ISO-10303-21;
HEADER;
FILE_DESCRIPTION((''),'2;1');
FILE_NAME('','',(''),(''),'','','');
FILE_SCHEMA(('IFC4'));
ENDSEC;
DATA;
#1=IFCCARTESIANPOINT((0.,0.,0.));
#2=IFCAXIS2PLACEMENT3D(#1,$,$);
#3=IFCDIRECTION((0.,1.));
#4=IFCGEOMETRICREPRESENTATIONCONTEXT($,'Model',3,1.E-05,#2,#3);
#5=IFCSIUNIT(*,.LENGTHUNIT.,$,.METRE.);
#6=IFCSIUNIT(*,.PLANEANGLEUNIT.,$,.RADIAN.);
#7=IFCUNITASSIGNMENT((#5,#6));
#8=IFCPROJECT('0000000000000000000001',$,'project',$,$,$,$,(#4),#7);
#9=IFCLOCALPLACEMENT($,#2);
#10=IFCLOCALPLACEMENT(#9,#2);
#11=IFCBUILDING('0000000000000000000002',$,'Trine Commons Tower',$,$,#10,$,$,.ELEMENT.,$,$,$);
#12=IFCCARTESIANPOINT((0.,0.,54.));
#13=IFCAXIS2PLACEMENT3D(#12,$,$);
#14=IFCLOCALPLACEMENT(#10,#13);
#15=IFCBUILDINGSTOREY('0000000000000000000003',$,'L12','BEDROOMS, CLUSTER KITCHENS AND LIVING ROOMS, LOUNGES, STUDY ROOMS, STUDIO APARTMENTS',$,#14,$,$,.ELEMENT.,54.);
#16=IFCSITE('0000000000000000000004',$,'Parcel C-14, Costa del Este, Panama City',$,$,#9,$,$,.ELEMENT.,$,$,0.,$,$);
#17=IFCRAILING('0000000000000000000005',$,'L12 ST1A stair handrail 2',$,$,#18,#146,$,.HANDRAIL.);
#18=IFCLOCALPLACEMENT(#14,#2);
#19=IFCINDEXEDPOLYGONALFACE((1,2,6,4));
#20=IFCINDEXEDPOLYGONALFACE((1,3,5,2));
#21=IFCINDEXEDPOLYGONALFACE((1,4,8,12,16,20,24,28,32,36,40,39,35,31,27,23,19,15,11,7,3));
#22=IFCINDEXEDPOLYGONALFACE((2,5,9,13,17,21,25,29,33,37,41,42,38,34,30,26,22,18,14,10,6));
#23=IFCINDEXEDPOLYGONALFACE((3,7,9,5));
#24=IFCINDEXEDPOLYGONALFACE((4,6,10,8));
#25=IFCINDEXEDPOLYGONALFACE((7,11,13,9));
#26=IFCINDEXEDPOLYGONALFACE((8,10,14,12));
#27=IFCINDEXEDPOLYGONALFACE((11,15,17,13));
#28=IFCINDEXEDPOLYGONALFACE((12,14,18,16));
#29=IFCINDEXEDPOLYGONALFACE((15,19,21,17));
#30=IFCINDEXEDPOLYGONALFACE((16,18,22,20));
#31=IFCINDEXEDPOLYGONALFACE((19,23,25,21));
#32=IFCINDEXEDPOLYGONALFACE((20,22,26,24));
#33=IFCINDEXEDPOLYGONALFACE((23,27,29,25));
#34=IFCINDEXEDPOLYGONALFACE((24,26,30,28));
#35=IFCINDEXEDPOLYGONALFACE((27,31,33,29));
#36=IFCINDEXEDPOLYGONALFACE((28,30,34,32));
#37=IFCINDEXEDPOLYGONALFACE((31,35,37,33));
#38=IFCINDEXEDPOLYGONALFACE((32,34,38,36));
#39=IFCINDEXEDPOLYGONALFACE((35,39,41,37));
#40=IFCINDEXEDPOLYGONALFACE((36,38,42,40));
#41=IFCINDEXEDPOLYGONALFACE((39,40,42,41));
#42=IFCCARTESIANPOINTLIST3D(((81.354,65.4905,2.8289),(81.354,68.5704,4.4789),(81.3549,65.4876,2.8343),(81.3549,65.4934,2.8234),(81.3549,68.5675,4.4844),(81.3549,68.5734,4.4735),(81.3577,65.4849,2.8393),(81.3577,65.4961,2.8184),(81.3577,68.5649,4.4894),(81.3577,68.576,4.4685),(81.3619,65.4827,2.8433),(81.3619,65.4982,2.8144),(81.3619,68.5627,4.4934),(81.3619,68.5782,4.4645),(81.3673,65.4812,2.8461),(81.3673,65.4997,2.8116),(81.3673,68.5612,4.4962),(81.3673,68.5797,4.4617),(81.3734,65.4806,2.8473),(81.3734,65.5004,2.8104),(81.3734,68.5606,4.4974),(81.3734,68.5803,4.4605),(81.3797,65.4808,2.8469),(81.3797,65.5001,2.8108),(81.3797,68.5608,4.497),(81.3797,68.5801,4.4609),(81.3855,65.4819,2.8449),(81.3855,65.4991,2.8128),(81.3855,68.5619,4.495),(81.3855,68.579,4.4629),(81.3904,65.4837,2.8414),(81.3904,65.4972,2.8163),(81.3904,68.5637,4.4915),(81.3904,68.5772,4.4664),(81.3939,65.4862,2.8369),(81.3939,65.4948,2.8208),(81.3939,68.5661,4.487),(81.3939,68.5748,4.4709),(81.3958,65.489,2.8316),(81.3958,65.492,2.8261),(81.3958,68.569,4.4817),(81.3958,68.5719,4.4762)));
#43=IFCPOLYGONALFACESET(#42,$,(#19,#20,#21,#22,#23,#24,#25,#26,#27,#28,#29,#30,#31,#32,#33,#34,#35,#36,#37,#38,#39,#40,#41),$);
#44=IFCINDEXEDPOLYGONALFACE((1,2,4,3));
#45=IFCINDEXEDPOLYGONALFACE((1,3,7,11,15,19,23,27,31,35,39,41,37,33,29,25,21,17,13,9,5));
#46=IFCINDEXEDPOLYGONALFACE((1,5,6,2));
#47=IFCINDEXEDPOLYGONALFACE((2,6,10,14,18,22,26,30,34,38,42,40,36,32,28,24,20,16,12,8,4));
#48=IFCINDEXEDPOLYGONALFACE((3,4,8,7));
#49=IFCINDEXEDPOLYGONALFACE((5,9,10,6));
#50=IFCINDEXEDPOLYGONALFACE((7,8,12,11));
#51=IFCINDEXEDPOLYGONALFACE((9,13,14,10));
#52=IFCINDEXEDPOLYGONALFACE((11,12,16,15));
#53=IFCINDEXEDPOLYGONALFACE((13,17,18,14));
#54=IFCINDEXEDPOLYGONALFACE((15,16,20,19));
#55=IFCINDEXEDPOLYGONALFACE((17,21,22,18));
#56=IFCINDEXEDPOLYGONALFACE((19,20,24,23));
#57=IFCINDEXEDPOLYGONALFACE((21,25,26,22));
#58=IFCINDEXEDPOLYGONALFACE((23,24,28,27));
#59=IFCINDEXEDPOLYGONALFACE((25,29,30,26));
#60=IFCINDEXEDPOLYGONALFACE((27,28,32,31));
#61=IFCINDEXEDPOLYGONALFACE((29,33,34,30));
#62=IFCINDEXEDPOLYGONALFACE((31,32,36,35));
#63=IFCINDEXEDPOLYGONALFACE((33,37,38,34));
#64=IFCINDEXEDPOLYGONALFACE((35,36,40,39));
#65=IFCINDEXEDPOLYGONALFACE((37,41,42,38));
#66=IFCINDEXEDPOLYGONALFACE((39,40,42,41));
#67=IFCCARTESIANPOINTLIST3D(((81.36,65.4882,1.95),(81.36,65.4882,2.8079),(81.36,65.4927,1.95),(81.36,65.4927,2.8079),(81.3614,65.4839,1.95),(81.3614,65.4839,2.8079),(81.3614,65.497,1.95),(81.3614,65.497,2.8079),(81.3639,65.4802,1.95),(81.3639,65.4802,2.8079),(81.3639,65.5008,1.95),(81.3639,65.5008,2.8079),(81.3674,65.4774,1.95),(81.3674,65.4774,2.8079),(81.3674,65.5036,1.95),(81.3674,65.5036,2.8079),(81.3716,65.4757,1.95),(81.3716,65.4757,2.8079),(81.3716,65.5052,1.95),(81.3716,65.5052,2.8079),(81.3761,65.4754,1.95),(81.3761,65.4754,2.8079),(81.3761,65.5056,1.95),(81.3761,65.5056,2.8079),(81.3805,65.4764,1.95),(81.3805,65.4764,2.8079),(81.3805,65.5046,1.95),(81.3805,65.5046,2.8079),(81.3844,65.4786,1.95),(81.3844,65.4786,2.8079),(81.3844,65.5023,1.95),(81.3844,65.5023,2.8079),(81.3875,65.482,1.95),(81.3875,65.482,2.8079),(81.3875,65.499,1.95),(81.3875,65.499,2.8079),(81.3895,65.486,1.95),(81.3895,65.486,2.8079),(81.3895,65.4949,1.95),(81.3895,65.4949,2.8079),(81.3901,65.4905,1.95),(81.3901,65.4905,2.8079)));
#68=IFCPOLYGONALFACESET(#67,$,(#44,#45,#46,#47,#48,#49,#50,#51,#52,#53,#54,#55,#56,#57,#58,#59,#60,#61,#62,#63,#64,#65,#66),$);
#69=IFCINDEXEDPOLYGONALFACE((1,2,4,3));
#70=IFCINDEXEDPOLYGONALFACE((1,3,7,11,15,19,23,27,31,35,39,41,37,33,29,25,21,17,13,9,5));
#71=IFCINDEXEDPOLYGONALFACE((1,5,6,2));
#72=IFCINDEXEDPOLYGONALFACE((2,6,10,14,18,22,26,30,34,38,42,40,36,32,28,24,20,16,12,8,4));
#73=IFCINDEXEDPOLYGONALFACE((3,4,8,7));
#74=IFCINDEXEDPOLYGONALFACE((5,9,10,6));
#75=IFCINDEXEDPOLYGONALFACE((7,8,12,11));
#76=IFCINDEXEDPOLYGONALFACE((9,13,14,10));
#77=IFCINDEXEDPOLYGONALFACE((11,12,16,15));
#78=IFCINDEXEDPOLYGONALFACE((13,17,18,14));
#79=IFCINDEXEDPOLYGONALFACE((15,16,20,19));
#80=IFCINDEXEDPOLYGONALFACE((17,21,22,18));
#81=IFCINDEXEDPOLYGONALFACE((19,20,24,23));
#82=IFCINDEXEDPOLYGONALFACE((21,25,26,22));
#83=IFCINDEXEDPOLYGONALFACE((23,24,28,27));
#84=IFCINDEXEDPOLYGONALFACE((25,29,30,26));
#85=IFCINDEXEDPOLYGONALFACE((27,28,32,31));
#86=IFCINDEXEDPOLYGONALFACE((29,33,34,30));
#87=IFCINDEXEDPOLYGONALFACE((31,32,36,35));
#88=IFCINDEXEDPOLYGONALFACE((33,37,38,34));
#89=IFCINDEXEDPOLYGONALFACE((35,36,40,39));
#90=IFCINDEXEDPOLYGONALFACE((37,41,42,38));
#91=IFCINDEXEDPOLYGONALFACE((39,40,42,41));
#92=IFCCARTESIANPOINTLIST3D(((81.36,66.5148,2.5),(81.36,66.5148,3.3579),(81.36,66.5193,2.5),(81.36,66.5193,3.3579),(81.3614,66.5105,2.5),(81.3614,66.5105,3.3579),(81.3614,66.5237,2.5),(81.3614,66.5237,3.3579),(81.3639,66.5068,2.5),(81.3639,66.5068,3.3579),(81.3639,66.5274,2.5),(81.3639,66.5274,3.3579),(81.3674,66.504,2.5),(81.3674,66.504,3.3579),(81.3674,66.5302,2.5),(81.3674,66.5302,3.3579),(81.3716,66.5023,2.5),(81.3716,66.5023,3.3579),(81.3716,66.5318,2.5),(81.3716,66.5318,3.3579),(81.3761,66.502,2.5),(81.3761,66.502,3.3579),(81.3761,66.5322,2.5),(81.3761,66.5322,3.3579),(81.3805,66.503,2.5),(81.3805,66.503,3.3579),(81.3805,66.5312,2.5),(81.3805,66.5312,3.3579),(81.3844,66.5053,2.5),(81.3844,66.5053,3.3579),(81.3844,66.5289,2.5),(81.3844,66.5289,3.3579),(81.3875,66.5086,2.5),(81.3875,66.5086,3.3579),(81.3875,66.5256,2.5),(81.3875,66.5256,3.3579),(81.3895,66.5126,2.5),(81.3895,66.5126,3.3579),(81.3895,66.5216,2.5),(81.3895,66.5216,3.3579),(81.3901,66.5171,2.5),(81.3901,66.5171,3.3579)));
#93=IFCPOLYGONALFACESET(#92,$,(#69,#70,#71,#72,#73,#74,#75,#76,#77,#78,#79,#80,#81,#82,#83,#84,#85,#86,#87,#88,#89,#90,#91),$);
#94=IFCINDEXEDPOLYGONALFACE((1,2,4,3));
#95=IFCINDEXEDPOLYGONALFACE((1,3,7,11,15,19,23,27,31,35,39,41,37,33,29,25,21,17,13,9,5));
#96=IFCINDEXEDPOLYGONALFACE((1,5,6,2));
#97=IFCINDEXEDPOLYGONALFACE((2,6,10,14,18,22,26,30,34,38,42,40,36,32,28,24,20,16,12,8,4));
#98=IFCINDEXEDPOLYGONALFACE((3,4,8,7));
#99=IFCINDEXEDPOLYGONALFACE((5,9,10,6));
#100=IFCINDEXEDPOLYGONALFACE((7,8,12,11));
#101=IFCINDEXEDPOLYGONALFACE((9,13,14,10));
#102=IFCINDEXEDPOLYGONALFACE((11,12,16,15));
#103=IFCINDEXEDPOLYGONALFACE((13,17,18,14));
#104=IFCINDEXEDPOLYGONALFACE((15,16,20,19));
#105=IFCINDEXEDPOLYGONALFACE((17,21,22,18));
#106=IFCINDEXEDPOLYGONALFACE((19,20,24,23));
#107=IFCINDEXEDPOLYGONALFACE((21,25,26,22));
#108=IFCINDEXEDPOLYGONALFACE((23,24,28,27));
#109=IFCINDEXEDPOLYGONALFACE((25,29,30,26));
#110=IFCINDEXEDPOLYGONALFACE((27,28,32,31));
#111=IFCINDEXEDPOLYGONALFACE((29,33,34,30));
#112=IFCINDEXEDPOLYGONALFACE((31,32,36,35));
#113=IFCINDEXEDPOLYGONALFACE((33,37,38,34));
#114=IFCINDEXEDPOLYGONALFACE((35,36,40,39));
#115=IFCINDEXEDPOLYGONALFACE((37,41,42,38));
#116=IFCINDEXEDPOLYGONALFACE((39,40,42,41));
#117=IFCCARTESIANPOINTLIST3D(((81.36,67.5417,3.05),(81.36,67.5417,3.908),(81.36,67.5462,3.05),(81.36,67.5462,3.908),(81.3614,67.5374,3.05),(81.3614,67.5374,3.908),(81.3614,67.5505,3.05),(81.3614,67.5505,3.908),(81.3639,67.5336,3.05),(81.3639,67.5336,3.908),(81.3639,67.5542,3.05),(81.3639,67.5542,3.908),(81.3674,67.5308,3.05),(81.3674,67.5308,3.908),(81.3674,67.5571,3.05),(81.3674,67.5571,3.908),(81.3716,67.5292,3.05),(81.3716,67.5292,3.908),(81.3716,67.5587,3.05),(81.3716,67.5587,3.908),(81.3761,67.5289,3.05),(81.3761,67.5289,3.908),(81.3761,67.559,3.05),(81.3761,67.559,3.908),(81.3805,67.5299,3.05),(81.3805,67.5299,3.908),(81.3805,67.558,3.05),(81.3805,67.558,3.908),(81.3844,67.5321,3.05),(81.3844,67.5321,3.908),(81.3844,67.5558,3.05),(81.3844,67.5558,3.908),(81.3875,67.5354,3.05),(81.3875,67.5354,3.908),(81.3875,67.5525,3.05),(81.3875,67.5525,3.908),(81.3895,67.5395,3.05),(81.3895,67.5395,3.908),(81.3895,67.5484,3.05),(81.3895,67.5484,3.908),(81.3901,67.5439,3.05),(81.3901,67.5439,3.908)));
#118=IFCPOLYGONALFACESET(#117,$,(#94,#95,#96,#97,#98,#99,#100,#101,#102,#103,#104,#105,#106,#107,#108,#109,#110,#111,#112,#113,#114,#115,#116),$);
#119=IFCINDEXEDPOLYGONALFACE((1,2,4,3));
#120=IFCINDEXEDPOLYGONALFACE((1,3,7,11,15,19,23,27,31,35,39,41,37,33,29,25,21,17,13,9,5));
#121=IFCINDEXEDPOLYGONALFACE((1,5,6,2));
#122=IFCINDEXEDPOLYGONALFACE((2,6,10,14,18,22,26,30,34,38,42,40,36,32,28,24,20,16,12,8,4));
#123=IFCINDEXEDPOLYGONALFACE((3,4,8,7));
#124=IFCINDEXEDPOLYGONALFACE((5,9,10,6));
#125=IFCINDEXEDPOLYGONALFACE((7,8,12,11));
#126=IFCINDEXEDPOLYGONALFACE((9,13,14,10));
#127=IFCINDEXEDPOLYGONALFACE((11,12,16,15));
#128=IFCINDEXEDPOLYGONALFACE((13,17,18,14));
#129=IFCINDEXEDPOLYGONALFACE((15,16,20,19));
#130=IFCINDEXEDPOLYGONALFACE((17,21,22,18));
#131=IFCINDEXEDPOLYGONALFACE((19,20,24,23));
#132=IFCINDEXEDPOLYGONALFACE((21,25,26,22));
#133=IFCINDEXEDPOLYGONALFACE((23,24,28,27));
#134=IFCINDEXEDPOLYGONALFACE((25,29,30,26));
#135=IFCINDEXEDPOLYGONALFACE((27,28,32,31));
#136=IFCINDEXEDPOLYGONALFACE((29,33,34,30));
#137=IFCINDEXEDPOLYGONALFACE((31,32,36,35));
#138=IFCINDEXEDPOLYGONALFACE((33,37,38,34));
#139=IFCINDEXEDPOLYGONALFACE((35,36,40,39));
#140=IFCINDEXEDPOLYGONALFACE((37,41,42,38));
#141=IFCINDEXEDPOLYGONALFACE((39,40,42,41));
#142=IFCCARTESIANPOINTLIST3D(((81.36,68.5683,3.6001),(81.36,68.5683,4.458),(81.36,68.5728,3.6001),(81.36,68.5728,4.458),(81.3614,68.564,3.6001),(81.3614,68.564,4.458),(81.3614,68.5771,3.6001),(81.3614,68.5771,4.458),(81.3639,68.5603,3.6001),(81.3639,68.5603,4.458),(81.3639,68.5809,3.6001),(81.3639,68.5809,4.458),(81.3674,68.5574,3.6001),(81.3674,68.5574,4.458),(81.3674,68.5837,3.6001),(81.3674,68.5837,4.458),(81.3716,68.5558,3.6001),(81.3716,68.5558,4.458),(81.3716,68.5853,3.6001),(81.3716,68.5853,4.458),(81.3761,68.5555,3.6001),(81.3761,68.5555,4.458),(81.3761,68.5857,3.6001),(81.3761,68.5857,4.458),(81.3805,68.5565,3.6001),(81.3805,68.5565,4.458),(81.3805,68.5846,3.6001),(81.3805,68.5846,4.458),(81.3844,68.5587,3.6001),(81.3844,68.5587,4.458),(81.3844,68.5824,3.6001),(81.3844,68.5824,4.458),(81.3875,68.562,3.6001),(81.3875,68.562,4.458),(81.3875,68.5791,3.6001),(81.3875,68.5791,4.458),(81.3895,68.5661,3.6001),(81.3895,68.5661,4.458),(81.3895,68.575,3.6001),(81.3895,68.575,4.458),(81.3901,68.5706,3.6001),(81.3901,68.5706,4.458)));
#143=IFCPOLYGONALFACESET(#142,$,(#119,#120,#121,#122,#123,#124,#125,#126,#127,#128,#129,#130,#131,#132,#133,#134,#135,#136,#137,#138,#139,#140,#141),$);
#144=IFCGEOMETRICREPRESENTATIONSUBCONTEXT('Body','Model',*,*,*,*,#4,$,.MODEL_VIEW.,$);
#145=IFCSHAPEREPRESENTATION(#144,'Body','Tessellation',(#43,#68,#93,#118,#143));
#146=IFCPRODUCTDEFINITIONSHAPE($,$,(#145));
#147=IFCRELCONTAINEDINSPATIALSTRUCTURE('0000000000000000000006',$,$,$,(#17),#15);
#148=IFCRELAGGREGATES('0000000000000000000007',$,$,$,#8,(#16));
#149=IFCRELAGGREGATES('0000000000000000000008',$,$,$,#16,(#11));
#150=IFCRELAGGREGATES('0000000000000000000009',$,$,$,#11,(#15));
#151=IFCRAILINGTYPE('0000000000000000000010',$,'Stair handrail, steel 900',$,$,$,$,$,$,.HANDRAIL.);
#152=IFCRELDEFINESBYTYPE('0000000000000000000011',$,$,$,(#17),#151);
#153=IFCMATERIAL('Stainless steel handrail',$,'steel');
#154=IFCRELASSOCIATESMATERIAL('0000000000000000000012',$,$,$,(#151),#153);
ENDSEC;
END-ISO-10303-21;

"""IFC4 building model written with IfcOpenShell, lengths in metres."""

from ifc_helpers import new_model, si_unit, direction, frame, origin, origin_2d, place, context, subcontext, project, spatial, circle, extrude, material, type_object, element, save


model = new_model("IFC4")

# Units and contexts
model_context = context("Model", 3, precision=1e-05, world=origin(), true_north=direction((0.0, 1.0)))
body_context = subcontext(model_context, "Body", "Model", "MODEL_VIEW")
ifc_project = project(units=[si_unit("LENGTHUNIT", "METRE"), si_unit("PLANEANGLEUNIT", "RADIAN")], contexts=[model_context])

# Site, building, storey
site_placement = place(None, origin())
site = spatial("IfcSite", under=ifc_project, at=site_placement, Name="Parcel C-14, Costa del Este, Panama City", CompositionType="ELEMENT", RefElevation=0.0)
building_placement = place(site_placement, origin())
building = spatial("IfcBuilding", under=site, at=building_placement, Name="Trine Commons Tower", CompositionType="ELEMENT")
storey_placement = place(building_placement, frame((0.0, 0.0, 54.0)))
storey = spatial("IfcBuildingStorey", under=building, at=storey_placement, Name="L12", Description="BEDROOMS, CLUSTER KITCHENS AND LIVING ROOMS, LOUNGES, STUDY ROOMS, STUDIO APARTMENTS", CompositionType="ELEMENT", Elevation=54.0)

# Railing
ifc_material_1 = material(Name="Stainless steel handrail", Category="steel")
railing_type_1 = type_object("IfcRailingType", Name="Stair handrail, steel 900", PredefinedType="HANDRAIL", material=ifc_material_1)
railing_1_placement = place(storey_placement, frame((81.375, 65.4905, 1.95)))
element("IfcRailing", 1, at=railing_1_placement, inside=storey, type_object=railing_type_1, Name="L12 ST1A stair handrail 2", PredefinedType="HANDRAIL", context=body_context, shape_type="SweptSolid", body=[
    extrude(circle(Radius=0.021, at=origin_2d()), frame((0.0, 0.0, 0.8789), z_axis=(0.0, 0.881468, 0.472245), x_axis=(-1.0, 0.0, 0.0)), (0.0, 0.0, 1.0), 3.4941),
    extrude(circle(Radius=0.0151, at=origin_2d()), origin(), (0.0, 0.0, 1.0), 0.8579),
    extrude(circle(Radius=0.0151, at=origin_2d()), frame((0.0, 1.0266, 0.55)), (0.0, 0.0, 1.0), 0.8579),
    extrude(circle(Radius=0.0151, at=origin_2d()), frame((0.0, 2.0535, 1.1001)), (0.0, 0.0, 1.0), 0.8579),
    extrude(circle(Radius=0.0151, at=origin_2d()), frame((0.0, 3.0801, 1.6501)), (0.0, 0.0, 1.0), 0.8579),
])

save(model, "model.ifc")
